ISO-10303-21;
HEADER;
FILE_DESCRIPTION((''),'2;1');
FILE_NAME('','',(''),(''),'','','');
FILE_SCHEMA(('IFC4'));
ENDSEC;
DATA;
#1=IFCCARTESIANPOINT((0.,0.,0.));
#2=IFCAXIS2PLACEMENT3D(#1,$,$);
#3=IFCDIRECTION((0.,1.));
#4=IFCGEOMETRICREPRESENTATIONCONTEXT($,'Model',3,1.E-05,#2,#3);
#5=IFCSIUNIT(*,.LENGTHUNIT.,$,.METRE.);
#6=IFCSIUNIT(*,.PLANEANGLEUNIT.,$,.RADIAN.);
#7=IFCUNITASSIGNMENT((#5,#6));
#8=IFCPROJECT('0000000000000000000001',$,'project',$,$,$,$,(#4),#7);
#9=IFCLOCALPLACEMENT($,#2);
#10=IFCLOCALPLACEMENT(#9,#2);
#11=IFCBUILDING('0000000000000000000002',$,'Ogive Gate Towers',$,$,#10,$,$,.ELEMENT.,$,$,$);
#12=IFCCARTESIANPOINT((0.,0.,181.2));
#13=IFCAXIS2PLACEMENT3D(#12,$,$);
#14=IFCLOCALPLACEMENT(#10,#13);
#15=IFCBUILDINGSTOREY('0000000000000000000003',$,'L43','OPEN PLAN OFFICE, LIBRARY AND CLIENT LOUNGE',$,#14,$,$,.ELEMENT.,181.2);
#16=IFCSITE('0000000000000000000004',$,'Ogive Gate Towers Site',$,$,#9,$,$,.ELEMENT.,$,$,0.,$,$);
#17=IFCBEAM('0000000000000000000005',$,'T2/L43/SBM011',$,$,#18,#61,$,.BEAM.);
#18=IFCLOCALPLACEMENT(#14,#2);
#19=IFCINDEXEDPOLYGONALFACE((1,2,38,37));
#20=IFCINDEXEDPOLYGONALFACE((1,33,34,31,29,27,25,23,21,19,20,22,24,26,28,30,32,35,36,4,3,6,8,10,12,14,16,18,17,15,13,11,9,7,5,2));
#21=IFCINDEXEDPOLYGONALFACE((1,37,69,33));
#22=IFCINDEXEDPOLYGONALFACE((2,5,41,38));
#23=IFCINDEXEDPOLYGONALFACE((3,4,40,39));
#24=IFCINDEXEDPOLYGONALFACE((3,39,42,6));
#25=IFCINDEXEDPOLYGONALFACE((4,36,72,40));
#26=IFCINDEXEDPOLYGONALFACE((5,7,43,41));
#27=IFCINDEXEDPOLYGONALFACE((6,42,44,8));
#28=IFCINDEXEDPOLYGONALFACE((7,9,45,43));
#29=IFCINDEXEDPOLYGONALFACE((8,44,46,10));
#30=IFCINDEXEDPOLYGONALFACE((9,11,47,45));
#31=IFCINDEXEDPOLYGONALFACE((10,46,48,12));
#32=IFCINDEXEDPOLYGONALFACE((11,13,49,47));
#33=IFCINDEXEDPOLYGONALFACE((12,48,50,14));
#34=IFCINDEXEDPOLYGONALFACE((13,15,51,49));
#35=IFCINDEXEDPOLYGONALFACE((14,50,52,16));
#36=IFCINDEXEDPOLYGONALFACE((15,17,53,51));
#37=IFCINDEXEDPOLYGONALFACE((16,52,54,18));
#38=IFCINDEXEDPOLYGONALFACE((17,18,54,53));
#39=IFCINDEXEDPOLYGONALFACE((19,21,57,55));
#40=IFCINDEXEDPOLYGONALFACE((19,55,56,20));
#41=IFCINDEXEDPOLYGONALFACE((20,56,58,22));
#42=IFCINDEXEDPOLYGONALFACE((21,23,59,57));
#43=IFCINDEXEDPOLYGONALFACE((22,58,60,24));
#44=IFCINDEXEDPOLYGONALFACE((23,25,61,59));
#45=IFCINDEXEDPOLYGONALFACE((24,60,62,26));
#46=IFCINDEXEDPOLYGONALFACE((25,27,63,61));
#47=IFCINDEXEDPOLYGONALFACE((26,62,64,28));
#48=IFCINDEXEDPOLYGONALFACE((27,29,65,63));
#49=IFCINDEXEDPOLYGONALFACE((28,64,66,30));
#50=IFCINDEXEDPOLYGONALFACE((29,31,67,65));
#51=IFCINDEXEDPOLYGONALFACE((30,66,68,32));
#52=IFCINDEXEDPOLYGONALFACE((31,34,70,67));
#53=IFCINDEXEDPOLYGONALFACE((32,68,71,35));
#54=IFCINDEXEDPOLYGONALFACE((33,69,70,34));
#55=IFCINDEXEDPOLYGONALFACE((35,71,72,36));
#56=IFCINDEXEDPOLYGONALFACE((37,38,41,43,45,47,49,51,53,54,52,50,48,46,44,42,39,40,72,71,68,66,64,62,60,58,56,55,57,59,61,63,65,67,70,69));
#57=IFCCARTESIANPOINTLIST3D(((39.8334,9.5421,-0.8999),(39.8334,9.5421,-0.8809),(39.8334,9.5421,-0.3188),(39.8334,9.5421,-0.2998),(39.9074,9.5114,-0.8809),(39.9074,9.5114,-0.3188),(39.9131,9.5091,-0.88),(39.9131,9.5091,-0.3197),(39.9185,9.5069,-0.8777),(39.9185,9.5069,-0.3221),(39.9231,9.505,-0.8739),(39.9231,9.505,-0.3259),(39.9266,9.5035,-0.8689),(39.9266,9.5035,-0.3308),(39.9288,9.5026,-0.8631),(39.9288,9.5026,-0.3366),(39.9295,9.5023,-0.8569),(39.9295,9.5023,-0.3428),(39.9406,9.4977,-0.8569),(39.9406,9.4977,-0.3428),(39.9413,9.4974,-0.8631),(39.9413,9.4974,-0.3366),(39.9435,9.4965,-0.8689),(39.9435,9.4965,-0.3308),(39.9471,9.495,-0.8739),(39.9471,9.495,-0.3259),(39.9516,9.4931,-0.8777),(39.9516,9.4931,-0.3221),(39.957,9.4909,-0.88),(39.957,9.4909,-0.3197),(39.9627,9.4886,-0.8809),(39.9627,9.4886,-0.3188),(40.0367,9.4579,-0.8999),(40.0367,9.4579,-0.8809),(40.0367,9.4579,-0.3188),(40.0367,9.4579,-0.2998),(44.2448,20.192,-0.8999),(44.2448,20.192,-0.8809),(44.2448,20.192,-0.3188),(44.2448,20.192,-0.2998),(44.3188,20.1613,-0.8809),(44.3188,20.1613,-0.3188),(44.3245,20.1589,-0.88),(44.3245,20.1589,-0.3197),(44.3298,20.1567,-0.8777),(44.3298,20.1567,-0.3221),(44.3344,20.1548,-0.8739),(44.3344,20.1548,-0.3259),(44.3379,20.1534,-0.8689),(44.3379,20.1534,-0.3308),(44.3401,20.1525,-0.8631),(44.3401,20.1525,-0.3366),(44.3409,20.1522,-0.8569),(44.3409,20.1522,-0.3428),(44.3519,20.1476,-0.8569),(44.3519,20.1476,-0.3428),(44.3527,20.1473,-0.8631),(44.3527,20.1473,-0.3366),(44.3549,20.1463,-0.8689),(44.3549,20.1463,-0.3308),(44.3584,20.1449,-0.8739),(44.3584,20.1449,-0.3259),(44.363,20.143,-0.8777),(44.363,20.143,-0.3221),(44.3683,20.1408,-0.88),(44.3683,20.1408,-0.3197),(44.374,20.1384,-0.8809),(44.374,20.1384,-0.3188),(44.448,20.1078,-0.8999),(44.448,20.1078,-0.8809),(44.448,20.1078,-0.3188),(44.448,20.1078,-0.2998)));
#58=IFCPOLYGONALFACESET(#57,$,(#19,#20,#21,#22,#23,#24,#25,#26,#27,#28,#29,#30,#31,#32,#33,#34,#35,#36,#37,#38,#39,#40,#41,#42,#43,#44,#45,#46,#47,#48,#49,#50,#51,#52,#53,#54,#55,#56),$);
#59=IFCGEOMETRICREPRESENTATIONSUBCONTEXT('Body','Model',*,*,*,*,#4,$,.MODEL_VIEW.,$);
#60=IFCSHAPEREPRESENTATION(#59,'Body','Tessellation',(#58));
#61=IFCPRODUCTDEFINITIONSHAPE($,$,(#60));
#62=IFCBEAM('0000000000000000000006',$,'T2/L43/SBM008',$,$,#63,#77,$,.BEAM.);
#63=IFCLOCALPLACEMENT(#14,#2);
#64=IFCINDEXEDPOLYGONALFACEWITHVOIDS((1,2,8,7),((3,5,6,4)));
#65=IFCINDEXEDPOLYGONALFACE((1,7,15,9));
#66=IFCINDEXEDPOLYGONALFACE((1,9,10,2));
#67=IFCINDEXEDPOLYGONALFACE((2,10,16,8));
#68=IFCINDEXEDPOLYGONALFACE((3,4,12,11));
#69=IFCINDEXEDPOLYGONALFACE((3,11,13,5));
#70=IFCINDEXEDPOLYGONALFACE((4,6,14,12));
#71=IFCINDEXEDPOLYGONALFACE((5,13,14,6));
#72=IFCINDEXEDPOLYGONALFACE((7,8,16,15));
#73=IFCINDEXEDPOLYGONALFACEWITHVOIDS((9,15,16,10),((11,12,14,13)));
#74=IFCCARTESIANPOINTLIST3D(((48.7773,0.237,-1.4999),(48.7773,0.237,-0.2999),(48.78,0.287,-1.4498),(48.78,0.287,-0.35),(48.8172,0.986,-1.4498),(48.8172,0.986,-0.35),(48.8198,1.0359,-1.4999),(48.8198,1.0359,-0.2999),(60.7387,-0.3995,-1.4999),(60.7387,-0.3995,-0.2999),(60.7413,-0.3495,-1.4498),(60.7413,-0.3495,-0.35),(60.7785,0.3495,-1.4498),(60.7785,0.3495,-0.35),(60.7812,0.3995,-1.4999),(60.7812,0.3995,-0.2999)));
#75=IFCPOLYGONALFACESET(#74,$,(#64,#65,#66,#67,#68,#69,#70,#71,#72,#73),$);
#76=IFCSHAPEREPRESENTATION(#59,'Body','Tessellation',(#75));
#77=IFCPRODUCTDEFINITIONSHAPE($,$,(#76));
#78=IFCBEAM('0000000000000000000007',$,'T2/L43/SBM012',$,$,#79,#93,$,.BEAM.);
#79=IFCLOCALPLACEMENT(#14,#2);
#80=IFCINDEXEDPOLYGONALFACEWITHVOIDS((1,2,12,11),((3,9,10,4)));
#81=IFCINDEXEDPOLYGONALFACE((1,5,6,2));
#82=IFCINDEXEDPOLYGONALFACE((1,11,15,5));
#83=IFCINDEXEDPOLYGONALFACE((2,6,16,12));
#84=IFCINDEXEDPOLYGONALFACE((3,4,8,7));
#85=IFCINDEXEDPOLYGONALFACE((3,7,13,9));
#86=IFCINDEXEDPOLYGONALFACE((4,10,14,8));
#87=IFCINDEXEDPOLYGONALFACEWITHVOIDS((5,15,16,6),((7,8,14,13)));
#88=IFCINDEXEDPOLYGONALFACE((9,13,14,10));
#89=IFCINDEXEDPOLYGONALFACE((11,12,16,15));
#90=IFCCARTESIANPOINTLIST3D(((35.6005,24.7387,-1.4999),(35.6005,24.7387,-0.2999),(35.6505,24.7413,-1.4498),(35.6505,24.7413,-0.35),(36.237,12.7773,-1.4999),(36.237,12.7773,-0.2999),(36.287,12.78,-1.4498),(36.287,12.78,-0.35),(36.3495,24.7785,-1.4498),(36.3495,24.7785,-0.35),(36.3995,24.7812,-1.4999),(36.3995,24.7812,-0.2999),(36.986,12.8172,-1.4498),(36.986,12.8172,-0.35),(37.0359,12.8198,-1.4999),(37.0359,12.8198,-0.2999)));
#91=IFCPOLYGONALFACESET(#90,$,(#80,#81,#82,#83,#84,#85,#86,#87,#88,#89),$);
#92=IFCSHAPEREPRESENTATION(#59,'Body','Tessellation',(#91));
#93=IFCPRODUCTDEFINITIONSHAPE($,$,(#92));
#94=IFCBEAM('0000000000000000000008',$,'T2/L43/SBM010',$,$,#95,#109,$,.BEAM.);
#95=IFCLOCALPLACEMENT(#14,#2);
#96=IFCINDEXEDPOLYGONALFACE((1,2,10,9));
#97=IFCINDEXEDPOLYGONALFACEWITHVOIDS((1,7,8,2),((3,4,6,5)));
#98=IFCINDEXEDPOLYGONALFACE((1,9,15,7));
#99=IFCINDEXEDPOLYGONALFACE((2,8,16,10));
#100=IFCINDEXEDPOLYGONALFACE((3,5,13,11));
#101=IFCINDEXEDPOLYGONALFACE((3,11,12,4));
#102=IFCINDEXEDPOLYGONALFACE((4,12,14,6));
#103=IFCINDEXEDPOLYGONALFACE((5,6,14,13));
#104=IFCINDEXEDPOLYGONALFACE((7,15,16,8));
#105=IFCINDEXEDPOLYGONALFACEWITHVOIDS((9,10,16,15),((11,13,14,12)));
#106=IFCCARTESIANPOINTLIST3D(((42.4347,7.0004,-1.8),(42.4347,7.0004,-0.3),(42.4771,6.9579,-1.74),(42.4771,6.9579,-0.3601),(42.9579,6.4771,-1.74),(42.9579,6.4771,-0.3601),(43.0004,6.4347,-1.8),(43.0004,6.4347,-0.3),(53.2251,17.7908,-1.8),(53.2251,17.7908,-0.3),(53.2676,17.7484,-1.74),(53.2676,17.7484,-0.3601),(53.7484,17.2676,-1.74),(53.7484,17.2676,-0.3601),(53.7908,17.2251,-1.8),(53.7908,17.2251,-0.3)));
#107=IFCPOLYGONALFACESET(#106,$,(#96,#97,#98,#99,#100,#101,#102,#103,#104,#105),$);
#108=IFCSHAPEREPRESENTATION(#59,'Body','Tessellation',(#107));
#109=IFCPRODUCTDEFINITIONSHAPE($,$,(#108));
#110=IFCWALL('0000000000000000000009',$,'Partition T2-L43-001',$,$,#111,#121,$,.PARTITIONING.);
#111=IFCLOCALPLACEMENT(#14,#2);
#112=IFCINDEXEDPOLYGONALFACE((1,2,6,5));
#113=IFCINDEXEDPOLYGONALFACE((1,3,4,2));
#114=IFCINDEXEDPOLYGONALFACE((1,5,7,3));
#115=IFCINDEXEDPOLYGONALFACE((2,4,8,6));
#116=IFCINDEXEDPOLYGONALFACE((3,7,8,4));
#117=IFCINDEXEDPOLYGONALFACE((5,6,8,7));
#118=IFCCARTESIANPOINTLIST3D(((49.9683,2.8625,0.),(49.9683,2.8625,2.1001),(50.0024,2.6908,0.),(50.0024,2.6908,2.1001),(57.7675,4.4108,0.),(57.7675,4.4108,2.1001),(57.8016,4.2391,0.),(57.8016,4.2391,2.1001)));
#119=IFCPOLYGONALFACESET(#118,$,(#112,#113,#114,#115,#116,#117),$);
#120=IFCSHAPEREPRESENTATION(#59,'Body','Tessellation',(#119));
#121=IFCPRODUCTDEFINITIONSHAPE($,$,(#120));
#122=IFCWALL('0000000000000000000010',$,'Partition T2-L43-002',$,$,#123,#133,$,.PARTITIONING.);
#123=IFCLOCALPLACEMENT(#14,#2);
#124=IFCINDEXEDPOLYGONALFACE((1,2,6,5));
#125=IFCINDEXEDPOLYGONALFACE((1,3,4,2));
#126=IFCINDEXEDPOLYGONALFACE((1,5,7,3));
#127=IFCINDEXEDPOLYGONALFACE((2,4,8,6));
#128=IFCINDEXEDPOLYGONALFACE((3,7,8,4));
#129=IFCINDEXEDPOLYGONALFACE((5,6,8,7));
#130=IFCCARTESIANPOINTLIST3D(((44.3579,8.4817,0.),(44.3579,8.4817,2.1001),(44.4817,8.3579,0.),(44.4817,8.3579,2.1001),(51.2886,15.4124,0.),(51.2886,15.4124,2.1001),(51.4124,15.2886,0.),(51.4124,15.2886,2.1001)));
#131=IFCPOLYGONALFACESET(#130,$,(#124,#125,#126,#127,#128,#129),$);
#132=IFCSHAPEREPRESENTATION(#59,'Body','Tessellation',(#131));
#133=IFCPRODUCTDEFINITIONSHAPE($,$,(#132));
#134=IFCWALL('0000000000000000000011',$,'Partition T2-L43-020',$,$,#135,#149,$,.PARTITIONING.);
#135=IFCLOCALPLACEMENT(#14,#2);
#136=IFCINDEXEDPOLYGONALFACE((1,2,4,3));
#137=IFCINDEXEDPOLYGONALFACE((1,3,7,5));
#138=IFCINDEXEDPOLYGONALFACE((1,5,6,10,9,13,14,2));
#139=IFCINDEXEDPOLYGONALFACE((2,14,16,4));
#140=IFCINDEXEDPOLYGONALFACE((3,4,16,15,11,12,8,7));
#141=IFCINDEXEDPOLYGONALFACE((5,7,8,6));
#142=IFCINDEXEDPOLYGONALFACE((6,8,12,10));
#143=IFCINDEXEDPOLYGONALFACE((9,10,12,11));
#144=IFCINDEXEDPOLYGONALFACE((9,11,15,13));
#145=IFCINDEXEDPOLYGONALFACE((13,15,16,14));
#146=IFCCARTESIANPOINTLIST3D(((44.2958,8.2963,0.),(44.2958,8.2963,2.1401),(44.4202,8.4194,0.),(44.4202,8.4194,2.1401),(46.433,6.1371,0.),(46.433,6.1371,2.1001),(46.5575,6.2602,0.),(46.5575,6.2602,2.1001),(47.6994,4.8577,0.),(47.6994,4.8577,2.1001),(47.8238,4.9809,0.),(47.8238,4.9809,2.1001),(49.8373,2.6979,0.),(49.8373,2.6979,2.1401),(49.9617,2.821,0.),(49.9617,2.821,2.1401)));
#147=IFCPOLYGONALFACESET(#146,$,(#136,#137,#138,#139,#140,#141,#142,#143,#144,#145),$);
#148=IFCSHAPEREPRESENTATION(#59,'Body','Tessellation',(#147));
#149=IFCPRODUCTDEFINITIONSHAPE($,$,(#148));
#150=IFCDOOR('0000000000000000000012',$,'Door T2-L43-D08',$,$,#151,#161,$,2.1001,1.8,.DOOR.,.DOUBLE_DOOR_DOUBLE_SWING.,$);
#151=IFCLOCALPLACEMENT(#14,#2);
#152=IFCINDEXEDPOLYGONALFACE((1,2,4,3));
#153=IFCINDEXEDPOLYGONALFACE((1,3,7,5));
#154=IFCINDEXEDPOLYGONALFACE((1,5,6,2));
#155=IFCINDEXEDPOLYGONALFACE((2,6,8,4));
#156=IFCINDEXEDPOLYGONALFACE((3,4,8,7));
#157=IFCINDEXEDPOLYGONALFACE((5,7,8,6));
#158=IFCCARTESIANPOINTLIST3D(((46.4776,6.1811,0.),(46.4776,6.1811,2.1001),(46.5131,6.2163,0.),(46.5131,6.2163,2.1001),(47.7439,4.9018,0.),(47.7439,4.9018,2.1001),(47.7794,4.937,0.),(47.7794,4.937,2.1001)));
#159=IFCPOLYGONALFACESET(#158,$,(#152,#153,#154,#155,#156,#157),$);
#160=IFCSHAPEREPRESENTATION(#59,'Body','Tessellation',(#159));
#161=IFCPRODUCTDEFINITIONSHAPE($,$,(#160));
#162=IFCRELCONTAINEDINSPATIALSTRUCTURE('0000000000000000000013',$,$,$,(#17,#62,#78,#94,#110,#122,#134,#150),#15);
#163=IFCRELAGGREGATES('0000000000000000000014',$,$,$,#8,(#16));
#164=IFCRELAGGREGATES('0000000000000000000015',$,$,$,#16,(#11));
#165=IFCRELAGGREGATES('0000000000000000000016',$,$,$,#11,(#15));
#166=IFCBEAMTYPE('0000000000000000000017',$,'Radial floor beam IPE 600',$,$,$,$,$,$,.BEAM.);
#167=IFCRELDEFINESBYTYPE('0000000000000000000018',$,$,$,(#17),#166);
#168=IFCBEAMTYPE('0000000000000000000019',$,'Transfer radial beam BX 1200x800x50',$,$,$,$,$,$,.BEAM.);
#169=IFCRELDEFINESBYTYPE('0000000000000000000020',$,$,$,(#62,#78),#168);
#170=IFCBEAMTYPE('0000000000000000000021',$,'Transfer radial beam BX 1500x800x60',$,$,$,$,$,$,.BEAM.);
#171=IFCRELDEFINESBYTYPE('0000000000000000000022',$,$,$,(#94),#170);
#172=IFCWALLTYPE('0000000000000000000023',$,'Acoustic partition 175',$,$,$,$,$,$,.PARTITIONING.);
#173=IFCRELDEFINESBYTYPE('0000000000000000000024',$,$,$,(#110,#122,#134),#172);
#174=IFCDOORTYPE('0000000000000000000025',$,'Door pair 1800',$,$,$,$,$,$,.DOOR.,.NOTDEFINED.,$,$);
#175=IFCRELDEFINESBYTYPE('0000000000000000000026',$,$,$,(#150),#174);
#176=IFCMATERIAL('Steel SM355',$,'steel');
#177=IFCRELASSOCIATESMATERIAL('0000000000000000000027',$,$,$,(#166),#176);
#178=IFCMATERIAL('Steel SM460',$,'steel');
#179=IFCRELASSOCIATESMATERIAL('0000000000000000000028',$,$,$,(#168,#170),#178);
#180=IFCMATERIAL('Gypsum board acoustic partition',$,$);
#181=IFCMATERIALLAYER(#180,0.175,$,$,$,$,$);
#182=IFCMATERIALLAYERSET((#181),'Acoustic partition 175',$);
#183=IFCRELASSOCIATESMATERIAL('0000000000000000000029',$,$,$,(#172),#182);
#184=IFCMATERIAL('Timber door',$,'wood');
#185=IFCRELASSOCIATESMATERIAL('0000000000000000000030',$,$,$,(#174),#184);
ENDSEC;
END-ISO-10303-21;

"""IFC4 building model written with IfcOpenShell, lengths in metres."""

from ifc_helpers import new_model, si_unit, direction, frame, frame_2d, origin, origin_2d, place, context, subcontext, project, spatial, rectangle, hollow_rectangle, i_section, extrude, material, layer, layer_set, material_profile, profile_set, type_object, element, fill, save


model = new_model("IFC4")

# Units and contexts
model_context = context("Model", 3, precision=1e-05, world=origin(), true_north=direction((0.0, 1.0)))
body_context = subcontext(model_context, "Body", "Model", "MODEL_VIEW")
ifc_project = project(units=[si_unit("LENGTHUNIT", "METRE"), si_unit("PLANEANGLEUNIT", "RADIAN")], contexts=[model_context])

# Site, building, storey
site_placement = place(None, origin())
site = spatial("IfcSite", under=ifc_project, at=site_placement, Name="Ogive Gate Towers Site", CompositionType="ELEMENT", RefElevation=0.0)
building_placement = place(site_placement, origin())
building = spatial("IfcBuilding", under=site, at=building_placement, Name="Ogive Gate Towers", CompositionType="ELEMENT")
storey_placement = place(building_placement, frame((0.0, 0.0, 181.2)))
storey = spatial("IfcBuildingStorey", under=building, at=storey_placement, Name="L43", Description="OPEN PLAN OFFICE, LIBRARY AND CLIENT LOUNGE", CompositionType="ELEMENT", Elevation=181.2)

# Shared definitions
ifc_material_1 = material(Name="Steel SM460", Category="steel")

# Beams
ifc_material_2 = material(Name="Steel SM355", Category="steel")
ifc_material_profile_1 = material_profile(ifc_material_2, i_section(OverallWidth=0.22, OverallDepth=0.6001, WebThickness=0.012, FlangeThickness=0.019, FilletRadius=0.0239, at=origin_2d()), Name="IPE 600")
ifc_profile_set_1 = profile_set([ifc_material_profile_1], Name="Steel SM355")
beam_type_1 = type_object("IfcBeamType", Name="Radial floor beam IPE 600", PredefinedType="BEAM", material=ifc_profile_set_1)
for number, where, z_axis, x_axis, name in (
    (1, (39.9351, 9.5, -0.5999), (0.382687, 0.923878, 0.0), (-0.923878, 0.382687, 0.0), "T2/L43/SBM011"),
):
    element("IfcBeam", number, at=place(storey_placement, frame(where, z_axis=z_axis, x_axis=x_axis)), inside=storey, type_object=beam_type_1, Name=name, PredefinedType="BEAM", context=body_context, shape_type="SweptSolid", body=[
        extrude(i_section(OverallWidth=0.22, OverallDepth=0.6001, WebThickness=0.012, FlangeThickness=0.019, FilletRadius=0.0239, at=origin_2d()), origin(), (0.0, 0.0, 1.0), 11.5273),
    ])
ifc_material_profile_2 = material_profile(ifc_material_1, hollow_rectangle(XDim=0.8, YDim=1.2, WallThickness=0.05, at=origin_2d()), Name="BX 1200x800x50")
ifc_profile_set_2 = profile_set([ifc_material_profile_2], Name="Steel SM460")
beam_type_2 = type_object("IfcBeamType", Name="Transfer radial beam BX 1200x800x50", PredefinedType="BEAM", material=ifc_profile_set_2)
for number, where, z_axis, x_axis, name in (
    (2, (48.7986, 0.6365, -0.8999), (0.998587, -0.053135, 0.0), (0.053135, 0.998587, 0.0), "T2/L43/SBM008"),
    (3, (36.6365, 12.7986, -0.8999), (-0.053135, 0.998587, 0.0), (-0.998587, -0.053135, 0.0), "T2/L43/SBM012"),
):
    element("IfcBeam", number, at=place(storey_placement, frame(where, z_axis=z_axis, x_axis=x_axis)), inside=storey, type_object=beam_type_2, Name=name, PredefinedType="BEAM", context=body_context, shape_type="SweptSolid", body=[
        extrude(hollow_rectangle(XDim=0.8, YDim=1.2, WallThickness=0.05, at=origin_2d()), origin(), (0.0, 0.0, 1.0), 11.9783),
    ])
ifc_material_profile_3 = material_profile(ifc_material_1, hollow_rectangle(XDim=0.8, YDim=1.5, WallThickness=0.0601, at=origin_2d()), Name="BX 1500x800x60")
ifc_profile_set_3 = profile_set([ifc_material_profile_3], Name="Steel SM460")
beam_type_3 = type_object("IfcBeamType", Name="Transfer radial beam BX 1500x800x60", PredefinedType="BEAM", material=ifc_profile_set_3)
beam_1_placement = place(storey_placement, frame((42.7175, 6.7175, -1.05), z_axis=(0.707107, 0.707107, 0.0), x_axis=(-0.707107, 0.707107, 0.0)))
element("IfcBeam", 4, at=beam_1_placement, inside=storey, type_object=beam_type_3, Name="T2/L43/SBM010", PredefinedType="BEAM", context=body_context, shape_type="SweptSolid", body=[
    extrude(hollow_rectangle(XDim=0.8, YDim=1.5, WallThickness=0.0601, at=origin_2d()), origin(), (0.0, 0.0, 1.0), 15.26),
])

# Walls
ifc_material_3 = material(Name="Gypsum board acoustic partition")
ifc_layer_1 = layer(ifc_material_3, 0.175)
ifc_layer_set_1 = layer_set([ifc_layer_1], Name="Acoustic partition 175")
wall_type_1 = type_object("IfcWallType", Name="Acoustic partition 175", PredefinedType="PARTITIONING", material=ifc_layer_set_1)
wall_1_placement = place(storey_placement, frame((57.7844, 4.325, 0.0), z_axis=(0.0, 0.0, 1.0), x_axis=(-0.980858, -0.194722, 0.0)))
element("IfcWall", 5, at=wall_1_placement, inside=storey, type_object=wall_type_1, Name="Partition T2-L43-001", PredefinedType="PARTITIONING", context=body_context, shape_type="SweptSolid", body=[
    extrude(rectangle(XDim=7.9514, YDim=0.175, at=frame_2d((3.9756, 0.0))), origin(), (0.0, 0.0, 1.0), 2.1001),
])
wall_2_placement = place(storey_placement, frame((51.3506, 15.3506, 0.0), z_axis=(0.0, 0.0, 1.0), x_axis=(-0.707107, -0.707107, 0.0)))
element("IfcWall", 6, at=wall_2_placement, inside=storey, type_object=wall_type_1, Name="Partition T2-L43-002", PredefinedType="PARTITIONING", context=body_context, shape_type="SweptSolid", body=[
    extrude(rectangle(XDim=9.8015, YDim=0.175, at=frame_2d((4.9009, 0.0))), origin(), (0.0, 0.0, 1.0), 2.1001),
])

# Wall, opening, door
wall_3_placement = place(storey_placement, frame((49.8994, 2.7595, 0.0), z_axis=(0.0, 0.0, 1.0), x_axis=(-0.703487, 0.710708, 0.0)))
wall_3 = element("IfcWall", 7, at=wall_3_placement, inside=storey, type_object=wall_type_1, Name="Partition T2-L43-020", PredefinedType="PARTITIONING", context=body_context, shape_type="SweptSolid", body=[
    extrude(rectangle(XDim=7.8772, YDim=0.175, at=frame_2d((3.9385, 0.0))), origin(), (0.0, 0.0, 1.0), 2.1401),
])
opening_1_placement = place(wall_3_placement, frame((3.0391, 0.0, 0.0)))
opening_1 = element("IfcOpeningElement", 8, at=opening_1_placement, cuts=wall_3, PredefinedType="OPENING", context=body_context, shape_type="SweptSolid", body=[
    extrude(rectangle(XDim=1.8, YDim=2.1001, at=frame_2d((0.8999, 1.05))), frame((0.0, 0.0977, 0.0), z_axis=(0.0, -1.0, 0.0), x_axis=(1.0, 0.0, 0.0)), (0.0, 0.0, 1.0), 0.1951),
])
ifc_material_4 = material(Name="Timber door", Category="wood")
door_type_1 = type_object("IfcDoorType", Name="Door pair 1800", OperationType="NOTDEFINED", PredefinedType="DOOR", material=ifc_material_4)
door_1_placement = place(opening_1_placement, origin())
door_1 = element("IfcDoor", 9, at=door_1_placement, inside=storey, type_object=door_type_1, Name="Door T2-L43-D08", OperationType="DOUBLE_DOOR_DOUBLE_SWING", OverallHeight=2.1001, OverallWidth=1.8, PredefinedType="DOOR", context=body_context, shape_type="SweptSolid", body=[
    extrude(rectangle(XDim=1.8, YDim=2.1001, at=frame_2d((0.8999, 1.05))), frame((0.0, 0.0249, 0.0), z_axis=(0.0, -1.0, 0.0), x_axis=(1.0, 0.0, 0.0)), (0.0, 0.0, 1.0), 0.05),
])
fill(opening_1, door_1)

save(model, "model.ifc")
